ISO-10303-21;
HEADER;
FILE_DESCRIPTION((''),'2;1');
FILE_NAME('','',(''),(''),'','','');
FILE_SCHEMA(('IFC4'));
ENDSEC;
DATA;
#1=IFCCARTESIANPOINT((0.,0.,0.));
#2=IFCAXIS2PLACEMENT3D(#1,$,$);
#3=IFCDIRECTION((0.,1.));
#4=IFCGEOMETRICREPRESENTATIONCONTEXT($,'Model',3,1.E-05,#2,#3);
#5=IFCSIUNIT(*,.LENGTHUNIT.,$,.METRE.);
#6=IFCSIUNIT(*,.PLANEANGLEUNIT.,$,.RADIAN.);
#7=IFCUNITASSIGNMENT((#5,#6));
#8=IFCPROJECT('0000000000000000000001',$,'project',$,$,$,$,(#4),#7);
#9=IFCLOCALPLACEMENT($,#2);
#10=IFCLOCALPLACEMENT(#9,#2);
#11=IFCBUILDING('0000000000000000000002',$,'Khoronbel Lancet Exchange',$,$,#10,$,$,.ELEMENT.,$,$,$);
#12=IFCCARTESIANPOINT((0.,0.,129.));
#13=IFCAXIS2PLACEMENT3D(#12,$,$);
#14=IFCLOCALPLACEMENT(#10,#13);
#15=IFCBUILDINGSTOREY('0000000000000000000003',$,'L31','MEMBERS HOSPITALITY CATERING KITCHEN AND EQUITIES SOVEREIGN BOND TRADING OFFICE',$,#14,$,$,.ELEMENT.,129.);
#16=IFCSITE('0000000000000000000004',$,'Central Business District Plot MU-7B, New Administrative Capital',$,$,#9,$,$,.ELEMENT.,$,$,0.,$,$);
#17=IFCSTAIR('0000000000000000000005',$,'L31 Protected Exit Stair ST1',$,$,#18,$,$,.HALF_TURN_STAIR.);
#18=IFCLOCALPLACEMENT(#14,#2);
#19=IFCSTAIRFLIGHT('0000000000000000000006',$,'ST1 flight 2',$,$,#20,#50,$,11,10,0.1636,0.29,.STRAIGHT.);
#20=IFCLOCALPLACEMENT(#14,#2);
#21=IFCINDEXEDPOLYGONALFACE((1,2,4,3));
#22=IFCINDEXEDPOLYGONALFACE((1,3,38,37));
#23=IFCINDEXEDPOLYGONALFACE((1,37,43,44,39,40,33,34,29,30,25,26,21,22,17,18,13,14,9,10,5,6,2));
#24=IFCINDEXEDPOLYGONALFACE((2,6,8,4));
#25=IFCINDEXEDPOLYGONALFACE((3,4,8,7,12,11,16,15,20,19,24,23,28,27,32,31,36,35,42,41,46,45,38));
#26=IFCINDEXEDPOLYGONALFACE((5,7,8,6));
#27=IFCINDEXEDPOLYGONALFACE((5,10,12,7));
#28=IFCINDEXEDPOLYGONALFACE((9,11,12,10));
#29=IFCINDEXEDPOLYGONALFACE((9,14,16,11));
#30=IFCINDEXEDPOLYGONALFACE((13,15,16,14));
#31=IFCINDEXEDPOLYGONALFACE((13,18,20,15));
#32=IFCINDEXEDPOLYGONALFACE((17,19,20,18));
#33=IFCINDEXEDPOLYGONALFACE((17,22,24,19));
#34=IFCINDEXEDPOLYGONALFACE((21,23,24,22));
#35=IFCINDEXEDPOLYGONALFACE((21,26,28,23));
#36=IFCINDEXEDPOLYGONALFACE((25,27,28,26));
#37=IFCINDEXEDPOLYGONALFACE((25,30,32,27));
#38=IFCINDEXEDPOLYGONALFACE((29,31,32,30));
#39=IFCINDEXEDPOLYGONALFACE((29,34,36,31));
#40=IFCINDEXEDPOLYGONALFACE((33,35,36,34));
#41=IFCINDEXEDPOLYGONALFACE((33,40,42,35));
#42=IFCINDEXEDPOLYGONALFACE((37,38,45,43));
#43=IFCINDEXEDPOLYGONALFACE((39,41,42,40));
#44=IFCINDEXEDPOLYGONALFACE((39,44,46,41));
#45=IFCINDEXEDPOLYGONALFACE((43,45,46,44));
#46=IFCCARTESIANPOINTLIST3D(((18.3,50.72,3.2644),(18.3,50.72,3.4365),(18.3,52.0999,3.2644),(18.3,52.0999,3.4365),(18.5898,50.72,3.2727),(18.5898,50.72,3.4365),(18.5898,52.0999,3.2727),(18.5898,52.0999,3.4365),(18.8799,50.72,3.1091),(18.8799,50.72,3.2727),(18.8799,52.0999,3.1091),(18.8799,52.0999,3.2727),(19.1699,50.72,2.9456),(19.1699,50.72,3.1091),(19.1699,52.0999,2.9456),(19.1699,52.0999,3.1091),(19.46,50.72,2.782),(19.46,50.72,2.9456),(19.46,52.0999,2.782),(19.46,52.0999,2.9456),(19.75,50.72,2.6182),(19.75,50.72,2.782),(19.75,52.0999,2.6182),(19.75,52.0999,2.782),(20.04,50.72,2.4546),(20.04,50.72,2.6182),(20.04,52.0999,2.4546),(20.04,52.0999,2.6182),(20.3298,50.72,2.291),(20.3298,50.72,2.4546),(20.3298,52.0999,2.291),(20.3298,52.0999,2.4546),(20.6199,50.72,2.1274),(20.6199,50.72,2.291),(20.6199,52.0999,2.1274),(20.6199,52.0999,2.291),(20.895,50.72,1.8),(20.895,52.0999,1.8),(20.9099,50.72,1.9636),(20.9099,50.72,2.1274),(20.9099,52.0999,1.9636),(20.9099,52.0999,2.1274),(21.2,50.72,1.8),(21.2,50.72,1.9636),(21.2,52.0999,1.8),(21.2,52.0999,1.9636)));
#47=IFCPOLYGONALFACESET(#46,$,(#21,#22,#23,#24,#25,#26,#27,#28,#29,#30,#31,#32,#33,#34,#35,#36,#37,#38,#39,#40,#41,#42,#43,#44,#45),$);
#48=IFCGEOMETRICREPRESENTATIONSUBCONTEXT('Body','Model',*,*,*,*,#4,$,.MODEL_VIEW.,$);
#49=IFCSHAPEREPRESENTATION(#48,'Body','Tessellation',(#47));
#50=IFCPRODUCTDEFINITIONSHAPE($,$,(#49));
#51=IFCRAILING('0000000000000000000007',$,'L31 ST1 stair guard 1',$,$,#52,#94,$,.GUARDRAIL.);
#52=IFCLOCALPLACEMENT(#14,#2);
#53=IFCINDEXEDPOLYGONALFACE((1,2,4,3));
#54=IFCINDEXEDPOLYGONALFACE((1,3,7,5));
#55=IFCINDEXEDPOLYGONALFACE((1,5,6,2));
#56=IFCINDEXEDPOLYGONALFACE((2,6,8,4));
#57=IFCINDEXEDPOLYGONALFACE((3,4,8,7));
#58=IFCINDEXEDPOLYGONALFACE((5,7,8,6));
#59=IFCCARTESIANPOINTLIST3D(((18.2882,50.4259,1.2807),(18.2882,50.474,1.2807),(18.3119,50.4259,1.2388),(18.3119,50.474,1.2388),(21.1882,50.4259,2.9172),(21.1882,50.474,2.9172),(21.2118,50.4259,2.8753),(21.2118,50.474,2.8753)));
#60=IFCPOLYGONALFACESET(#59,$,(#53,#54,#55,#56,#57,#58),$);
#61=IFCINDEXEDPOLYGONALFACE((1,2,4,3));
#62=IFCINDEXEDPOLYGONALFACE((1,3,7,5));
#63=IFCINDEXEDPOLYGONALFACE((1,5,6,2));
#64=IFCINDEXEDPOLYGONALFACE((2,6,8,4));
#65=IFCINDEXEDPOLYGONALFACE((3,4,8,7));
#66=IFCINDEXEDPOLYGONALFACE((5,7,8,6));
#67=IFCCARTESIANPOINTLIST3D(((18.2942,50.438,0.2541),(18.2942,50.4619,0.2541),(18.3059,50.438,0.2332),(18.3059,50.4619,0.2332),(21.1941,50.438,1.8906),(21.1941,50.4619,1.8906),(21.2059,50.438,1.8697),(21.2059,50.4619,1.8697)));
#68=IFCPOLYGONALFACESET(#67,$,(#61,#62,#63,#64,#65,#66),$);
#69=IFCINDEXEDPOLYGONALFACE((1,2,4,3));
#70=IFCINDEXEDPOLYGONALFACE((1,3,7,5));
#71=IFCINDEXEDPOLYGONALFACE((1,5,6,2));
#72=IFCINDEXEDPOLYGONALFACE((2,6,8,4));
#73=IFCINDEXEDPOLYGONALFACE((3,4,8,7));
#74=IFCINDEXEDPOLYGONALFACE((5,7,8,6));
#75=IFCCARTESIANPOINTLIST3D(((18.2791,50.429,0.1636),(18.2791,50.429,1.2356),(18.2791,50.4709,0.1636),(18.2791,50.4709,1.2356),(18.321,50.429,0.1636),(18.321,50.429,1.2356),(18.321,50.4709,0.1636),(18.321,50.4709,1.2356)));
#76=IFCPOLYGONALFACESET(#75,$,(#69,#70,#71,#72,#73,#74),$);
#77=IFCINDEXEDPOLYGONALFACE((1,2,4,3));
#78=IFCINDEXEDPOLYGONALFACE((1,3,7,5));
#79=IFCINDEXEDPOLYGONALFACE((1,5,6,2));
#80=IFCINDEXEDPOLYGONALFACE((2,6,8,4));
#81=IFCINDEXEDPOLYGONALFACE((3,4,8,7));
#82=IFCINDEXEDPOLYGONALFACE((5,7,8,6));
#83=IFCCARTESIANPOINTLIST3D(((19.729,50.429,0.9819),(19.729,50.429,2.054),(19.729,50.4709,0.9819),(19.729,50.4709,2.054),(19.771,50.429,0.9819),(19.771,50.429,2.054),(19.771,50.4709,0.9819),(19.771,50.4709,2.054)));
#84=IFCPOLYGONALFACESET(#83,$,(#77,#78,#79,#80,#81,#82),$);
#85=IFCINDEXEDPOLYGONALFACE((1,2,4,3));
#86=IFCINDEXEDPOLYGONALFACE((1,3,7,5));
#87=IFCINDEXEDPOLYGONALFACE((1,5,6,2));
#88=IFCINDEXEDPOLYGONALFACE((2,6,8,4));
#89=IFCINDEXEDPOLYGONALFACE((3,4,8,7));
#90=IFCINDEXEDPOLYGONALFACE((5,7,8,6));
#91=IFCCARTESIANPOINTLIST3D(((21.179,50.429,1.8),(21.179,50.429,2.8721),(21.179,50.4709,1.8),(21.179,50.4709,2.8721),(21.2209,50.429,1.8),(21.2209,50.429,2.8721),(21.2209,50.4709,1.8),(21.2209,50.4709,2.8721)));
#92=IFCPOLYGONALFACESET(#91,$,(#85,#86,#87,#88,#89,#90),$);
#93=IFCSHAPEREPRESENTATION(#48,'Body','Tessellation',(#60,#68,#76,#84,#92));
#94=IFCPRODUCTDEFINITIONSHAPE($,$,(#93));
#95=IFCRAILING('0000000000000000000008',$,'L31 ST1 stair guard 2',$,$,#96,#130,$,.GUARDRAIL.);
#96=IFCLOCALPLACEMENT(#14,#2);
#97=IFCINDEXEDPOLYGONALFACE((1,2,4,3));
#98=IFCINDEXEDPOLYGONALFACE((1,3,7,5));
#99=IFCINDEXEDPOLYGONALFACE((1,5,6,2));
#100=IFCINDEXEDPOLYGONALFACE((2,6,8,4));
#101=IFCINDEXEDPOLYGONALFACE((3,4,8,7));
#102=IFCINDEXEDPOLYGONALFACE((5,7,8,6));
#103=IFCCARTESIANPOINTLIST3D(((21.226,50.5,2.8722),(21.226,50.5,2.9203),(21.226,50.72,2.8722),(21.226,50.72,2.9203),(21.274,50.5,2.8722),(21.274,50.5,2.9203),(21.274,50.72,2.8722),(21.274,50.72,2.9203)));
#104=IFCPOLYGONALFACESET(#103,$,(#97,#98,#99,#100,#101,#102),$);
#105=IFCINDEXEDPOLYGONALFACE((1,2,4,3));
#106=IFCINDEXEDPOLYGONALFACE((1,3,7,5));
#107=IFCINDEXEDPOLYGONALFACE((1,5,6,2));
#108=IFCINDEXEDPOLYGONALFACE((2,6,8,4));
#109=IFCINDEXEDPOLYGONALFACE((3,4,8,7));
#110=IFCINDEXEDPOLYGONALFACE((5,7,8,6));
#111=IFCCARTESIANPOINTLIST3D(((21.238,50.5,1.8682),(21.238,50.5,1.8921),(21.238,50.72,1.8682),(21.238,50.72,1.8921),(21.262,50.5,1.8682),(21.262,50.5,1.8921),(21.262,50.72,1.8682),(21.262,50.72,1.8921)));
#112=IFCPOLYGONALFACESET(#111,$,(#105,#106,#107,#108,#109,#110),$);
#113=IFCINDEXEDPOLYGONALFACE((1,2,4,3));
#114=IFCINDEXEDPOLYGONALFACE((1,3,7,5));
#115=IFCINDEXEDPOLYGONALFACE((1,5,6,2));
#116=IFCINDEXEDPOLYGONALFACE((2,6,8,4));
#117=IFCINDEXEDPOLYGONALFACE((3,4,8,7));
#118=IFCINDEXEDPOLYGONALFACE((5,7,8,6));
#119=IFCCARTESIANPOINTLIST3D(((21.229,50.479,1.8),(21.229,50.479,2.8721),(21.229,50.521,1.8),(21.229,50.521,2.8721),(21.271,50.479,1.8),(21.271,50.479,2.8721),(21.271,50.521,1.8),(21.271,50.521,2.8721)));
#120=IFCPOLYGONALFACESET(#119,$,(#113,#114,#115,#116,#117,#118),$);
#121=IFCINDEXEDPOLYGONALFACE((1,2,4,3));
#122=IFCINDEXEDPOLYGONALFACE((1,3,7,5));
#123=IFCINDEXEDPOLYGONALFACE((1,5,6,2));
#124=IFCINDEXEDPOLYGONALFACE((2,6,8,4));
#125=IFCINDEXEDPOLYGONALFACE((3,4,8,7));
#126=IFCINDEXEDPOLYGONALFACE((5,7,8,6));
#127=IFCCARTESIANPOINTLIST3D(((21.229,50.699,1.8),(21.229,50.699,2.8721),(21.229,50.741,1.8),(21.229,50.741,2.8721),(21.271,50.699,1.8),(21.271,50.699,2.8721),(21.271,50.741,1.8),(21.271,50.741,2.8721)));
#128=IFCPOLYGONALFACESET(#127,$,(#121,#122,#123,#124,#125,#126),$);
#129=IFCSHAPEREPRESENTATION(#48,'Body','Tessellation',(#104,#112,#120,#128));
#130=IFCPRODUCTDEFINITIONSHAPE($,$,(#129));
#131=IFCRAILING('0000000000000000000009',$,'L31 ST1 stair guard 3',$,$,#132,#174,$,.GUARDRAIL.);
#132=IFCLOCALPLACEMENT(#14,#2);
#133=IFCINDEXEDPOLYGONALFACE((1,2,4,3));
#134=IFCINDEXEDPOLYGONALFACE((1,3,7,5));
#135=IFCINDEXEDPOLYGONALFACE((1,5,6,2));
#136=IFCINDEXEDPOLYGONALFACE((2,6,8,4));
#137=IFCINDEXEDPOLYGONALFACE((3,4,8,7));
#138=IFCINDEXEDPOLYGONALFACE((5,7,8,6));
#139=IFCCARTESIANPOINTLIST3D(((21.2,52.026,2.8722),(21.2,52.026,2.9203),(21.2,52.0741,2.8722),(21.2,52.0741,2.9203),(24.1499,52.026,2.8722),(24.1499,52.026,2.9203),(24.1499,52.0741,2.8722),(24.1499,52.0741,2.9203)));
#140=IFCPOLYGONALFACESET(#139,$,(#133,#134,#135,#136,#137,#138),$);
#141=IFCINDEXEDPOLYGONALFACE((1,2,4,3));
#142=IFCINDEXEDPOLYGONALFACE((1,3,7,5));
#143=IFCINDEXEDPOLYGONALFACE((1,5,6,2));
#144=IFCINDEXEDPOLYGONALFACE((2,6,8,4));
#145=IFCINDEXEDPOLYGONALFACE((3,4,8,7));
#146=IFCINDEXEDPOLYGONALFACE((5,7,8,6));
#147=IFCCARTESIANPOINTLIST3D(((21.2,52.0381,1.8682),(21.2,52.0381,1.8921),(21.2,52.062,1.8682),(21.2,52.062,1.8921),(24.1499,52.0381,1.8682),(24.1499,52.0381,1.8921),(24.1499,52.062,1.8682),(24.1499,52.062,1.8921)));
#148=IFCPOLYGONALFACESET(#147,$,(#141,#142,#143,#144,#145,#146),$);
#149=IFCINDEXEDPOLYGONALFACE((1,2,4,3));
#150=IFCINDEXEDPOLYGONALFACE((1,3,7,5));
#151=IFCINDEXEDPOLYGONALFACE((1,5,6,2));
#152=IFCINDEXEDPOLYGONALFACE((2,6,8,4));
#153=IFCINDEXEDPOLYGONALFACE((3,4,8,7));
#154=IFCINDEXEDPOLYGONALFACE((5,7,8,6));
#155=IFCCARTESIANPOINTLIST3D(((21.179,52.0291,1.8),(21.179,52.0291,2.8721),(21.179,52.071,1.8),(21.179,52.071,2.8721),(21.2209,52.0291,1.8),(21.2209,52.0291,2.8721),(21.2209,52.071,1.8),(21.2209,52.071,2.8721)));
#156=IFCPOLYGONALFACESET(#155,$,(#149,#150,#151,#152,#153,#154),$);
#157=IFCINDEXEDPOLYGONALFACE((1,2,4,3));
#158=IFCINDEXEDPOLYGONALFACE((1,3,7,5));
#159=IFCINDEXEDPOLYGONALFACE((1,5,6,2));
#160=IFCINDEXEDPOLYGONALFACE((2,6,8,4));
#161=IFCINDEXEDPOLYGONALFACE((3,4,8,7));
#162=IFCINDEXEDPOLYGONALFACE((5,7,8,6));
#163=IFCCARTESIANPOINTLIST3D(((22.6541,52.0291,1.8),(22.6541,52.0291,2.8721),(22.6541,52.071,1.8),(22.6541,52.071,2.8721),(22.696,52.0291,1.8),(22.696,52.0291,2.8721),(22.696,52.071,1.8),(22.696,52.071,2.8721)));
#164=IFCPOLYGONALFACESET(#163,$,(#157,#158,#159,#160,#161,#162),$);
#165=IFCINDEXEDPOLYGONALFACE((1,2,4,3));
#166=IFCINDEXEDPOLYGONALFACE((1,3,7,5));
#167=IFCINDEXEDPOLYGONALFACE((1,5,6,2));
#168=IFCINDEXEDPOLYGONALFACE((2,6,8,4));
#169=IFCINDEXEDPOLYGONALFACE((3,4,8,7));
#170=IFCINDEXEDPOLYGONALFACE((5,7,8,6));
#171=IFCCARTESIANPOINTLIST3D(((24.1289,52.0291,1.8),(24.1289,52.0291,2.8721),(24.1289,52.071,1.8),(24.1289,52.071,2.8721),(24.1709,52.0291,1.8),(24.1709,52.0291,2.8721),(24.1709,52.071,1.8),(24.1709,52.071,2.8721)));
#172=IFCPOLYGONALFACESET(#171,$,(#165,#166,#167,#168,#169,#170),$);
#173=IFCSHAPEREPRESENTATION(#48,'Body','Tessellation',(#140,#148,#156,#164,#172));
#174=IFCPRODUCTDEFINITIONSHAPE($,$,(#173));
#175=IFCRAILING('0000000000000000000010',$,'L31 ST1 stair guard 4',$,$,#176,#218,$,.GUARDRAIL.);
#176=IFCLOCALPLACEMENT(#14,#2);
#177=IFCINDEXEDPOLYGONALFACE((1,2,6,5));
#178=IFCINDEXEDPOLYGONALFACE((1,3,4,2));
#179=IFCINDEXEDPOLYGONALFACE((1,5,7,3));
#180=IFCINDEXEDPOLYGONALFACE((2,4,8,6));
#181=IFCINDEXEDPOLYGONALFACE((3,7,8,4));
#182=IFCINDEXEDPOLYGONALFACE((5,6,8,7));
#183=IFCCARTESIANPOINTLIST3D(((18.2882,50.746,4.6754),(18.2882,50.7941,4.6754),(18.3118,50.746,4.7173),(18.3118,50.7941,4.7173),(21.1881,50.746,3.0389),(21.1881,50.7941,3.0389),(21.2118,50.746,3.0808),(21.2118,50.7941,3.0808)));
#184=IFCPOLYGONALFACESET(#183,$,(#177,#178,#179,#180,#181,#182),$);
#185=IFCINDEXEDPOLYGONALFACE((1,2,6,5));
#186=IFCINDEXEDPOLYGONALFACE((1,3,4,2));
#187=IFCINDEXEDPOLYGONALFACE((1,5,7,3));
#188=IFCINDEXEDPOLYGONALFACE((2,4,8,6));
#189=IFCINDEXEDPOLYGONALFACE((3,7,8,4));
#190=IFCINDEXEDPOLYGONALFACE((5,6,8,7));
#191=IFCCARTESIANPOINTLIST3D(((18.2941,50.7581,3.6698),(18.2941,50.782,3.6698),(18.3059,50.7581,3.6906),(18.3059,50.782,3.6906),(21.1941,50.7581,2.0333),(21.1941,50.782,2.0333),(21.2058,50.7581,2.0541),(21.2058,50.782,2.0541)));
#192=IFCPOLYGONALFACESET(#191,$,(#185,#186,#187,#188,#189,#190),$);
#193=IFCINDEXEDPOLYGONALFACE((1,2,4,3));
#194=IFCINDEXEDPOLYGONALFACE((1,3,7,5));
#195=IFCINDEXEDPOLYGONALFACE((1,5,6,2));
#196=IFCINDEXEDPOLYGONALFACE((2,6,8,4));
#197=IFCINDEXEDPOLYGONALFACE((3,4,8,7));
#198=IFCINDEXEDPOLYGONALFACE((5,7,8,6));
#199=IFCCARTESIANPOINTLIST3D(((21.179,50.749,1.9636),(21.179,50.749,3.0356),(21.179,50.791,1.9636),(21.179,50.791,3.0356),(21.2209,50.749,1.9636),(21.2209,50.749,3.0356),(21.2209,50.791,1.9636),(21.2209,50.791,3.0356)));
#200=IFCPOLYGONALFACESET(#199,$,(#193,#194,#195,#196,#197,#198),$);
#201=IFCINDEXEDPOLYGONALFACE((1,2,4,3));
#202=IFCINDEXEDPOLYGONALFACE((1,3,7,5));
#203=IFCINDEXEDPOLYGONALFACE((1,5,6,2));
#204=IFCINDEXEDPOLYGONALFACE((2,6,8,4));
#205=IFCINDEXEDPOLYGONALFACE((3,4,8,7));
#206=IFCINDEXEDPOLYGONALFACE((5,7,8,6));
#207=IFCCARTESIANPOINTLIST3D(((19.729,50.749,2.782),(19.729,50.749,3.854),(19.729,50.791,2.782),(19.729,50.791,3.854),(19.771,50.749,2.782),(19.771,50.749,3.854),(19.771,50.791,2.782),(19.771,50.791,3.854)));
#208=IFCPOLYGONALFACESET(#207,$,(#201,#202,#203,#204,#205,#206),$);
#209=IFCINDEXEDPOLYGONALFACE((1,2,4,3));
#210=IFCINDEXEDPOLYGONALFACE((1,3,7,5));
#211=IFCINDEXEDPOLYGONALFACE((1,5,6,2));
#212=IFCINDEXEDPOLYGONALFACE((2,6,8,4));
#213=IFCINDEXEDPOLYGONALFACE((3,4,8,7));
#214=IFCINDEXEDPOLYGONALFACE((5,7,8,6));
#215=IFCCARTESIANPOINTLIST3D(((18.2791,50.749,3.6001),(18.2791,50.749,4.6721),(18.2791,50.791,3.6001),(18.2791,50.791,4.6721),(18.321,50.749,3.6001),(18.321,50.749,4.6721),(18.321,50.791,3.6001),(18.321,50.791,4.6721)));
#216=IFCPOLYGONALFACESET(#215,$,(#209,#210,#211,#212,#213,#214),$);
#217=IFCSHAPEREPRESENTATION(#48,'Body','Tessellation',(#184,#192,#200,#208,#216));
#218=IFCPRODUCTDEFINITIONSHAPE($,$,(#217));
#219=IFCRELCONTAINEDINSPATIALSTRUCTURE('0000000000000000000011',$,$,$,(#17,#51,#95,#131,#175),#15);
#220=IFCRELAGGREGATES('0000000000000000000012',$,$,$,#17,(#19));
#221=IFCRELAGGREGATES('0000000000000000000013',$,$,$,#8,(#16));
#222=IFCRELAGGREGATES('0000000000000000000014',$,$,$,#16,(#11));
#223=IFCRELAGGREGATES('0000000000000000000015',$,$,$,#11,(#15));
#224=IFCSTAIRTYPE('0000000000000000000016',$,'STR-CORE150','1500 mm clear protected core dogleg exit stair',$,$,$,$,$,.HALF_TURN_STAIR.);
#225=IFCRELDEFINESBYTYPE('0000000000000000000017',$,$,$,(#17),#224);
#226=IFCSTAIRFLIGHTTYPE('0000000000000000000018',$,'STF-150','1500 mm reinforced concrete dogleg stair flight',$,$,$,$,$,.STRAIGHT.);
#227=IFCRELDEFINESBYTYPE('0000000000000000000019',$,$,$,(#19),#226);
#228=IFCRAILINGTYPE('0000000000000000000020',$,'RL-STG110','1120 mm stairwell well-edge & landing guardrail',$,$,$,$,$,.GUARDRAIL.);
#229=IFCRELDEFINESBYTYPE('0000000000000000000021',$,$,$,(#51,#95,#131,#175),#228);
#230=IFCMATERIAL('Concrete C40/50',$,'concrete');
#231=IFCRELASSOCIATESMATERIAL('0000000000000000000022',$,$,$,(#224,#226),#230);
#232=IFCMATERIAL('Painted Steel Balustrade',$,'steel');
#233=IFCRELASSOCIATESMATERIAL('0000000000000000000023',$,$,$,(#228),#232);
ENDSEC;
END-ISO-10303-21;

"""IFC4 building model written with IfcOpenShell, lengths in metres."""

from ifc_helpers import new_model, si_unit, direction, frame, origin, origin_2d, place, context, subcontext, project, spatial, polyline, rectangle, outline, extrude, material, type_object, element, aggregate, save


model = new_model("IFC4")

# Units and contexts
model_context = context("Model", 3, precision=1e-05, world=origin(), true_north=direction((0.0, 1.0)))
body_context = subcontext(model_context, "Body", "Model", "MODEL_VIEW")
ifc_project = project(units=[si_unit("LENGTHUNIT", "METRE"), si_unit("PLANEANGLEUNIT", "RADIAN")], contexts=[model_context])

# Site, building, storey
site_placement = place(None, origin())
site = spatial("IfcSite", under=ifc_project, at=site_placement, Name="Central Business District Plot MU-7B, New Administrative Capital", CompositionType="ELEMENT", RefElevation=0.0)
building_placement = place(site_placement, origin())
building = spatial("IfcBuilding", under=site, at=building_placement, Name="Khoronbel Lancet Exchange", CompositionType="ELEMENT")
storey_placement = place(building_placement, frame((0.0, 0.0, 129.0)))
storey = spatial("IfcBuildingStorey", under=building, at=storey_placement, Name="L31", Description="MEMBERS HOSPITALITY CATERING KITCHEN AND EQUITIES SOVEREIGN BOND TRADING OFFICE", CompositionType="ELEMENT", Elevation=129.0)

# Stair, stair flight
ifc_material_1 = material(Name="Concrete C40/50", Category="concrete")
stair_type = type_object("IfcStairType", Name="STR-CORE150", Description="1500 mm clear protected core dogleg exit stair", PredefinedType="HALF_TURN_STAIR", material=ifc_material_1)
stair_placement = place(storey_placement, origin())
stair = element("IfcStair", 1, at=stair_placement, inside=storey, type_object=stair_type, Name="L31 Protected Exit Stair ST1", PredefinedType="HALF_TURN_STAIR")
stair_flight_type = type_object("IfcStairFlightType", Name="STF-150", Description="1500 mm reinforced concrete dogleg stair flight", PredefinedType="STRAIGHT", material=ifc_material_1)
stair_flight_placement = place(storey_placement, frame((21.2, 51.4099, 1.8), z_axis=(0.0, 0.0, 1.0), x_axis=(-1.0, 0.0, 0.0)))
stair_flight = element("IfcStairFlight", 2, at=stair_flight_placement, type_object=stair_flight_type, Name="ST1 flight 2", NumberOfRisers=11, NumberOfTreads=10, PredefinedType="STRAIGHT", RiserHeight=0.1636, TreadLength=0.29, context=body_context, shape_type="SweptSolid", body=[
    extrude(outline(polyline([(0.0, 0.0), (0.0, 0.1636), (0.29, 0.1636), (0.29, 0.3274), (0.5801, 0.3274), (0.5801, 0.491), (0.8701, 0.491), (0.8701, 0.6545), (1.1599, 0.6545), (1.1599, 0.8181), (1.45, 0.8181), (1.45, 0.9819), (1.74, 0.9819), (1.74, 1.1455), (2.03, 1.1455), (2.03, 1.3091), (2.3201, 1.3091), (2.3201, 1.4727), (2.6101, 1.4727), (2.6101, 1.6365), (2.8999, 1.6365), (2.8999, 1.8), (2.8999, 1.4644), (0.3049, 0.0), (0.0, 0.0)])), frame((0.0, 0.6899, 0.0), z_axis=(0.0, -1.0, 0.0), x_axis=(1.0, 0.0, 0.0)), (0.0, 0.0, 1.0), 1.3799),
])
aggregate(stair, [stair_flight])

# Railings
ifc_material_2 = material(Name="Painted Steel Balustrade", Category="steel")
railing_type_1 = type_object("IfcRailingType", Name="RL-STG110", Description="1120 mm stairwell well-edge & landing guardrail", PredefinedType="GUARDRAIL", material=ifc_material_2)
railing_1_placement = place(storey_placement, frame((18.3, 50.45, 0.1636)))
element("IfcRailing", 3, at=railing_1_placement, inside=storey, type_object=railing_type_1, Name="L31 ST1 stair guard 1", PredefinedType="GUARDRAIL", context=body_context, shape_type="SweptSolid", body=[
    extrude(rectangle(XDim=0.0481, YDim=0.0481, at=origin_2d()), frame((0.0, 0.0, 1.0962), z_axis=(0.870897, 0.0, 0.491465), x_axis=(0.0, 1.0, 0.0)), (0.0, 0.0, 1.0), 3.3298),
    extrude(rectangle(XDim=0.0239, YDim=0.0239, at=origin_2d()), frame((0.0, 0.0, 0.0801), z_axis=(0.870897, 0.0, 0.491465), x_axis=(0.0, 1.0, 0.0)), (0.0, 0.0, 1.0), 3.3298),
    extrude(rectangle(XDim=0.042, YDim=0.042, at=origin_2d()), origin(), (0.0, 0.0, 1.0), 1.072),
    extrude(rectangle(XDim=0.042, YDim=0.042, at=origin_2d()), frame((1.45, 0.0, 0.8184)), (0.0, 0.0, 1.0), 1.072),
    extrude(rectangle(XDim=0.042, YDim=0.042, at=origin_2d()), frame((2.8999, 0.0, 1.6365)), (0.0, 0.0, 1.0), 1.072),
])
railing_2_placement = place(storey_placement, frame((21.25, 50.5, 1.8)))
element("IfcRailing", 4, at=railing_2_placement, inside=storey, type_object=railing_type_1, Name="L31 ST1 stair guard 2", PredefinedType="GUARDRAIL", context=body_context, shape_type="SweptSolid", body=[
    extrude(rectangle(XDim=0.0481, YDim=0.0481, at=origin_2d()), frame((0.0, 0.0, 1.0962), z_axis=(0.0, 1.0, 0.0), x_axis=(-1.0, 0.0, 0.0)), (0.0, 0.0, 1.0), 0.22),
    extrude(rectangle(XDim=0.0239, YDim=0.0239, at=origin_2d()), frame((0.0, 0.0, 0.0801), z_axis=(0.0, 1.0, 0.0), x_axis=(-1.0, 0.0, 0.0)), (0.0, 0.0, 1.0), 0.22),
    extrude(rectangle(XDim=0.042, YDim=0.042, at=origin_2d()), origin(), (0.0, 0.0, 1.0), 1.072),
    extrude(rectangle(XDim=0.042, YDim=0.042, at=origin_2d()), frame((0.0, 0.22, 0.0)), (0.0, 0.0, 1.0), 1.072),
])
railing_3_placement = place(storey_placement, frame((21.2, 52.05, 1.8)))
element("IfcRailing", 5, at=railing_3_placement, inside=storey, type_object=railing_type_1, Name="L31 ST1 stair guard 3", PredefinedType="GUARDRAIL", context=body_context, shape_type="SweptSolid", body=[
    extrude(rectangle(XDim=0.0481, YDim=0.0481, at=origin_2d()), frame((0.0, 0.0, 1.0962), z_axis=(1.0, 0.0, 0.0), x_axis=(0.0, 1.0, 0.0)), (0.0, 0.0, 1.0), 2.95),
    extrude(rectangle(XDim=0.0239, YDim=0.0239, at=origin_2d()), frame((0.0, 0.0, 0.0801), z_axis=(1.0, 0.0, 0.0), x_axis=(0.0, 1.0, 0.0)), (0.0, 0.0, 1.0), 2.95),
    extrude(rectangle(XDim=0.042, YDim=0.042, at=origin_2d()), origin(), (0.0, 0.0, 1.0), 1.072),
    extrude(rectangle(XDim=0.042, YDim=0.042, at=origin_2d()), frame((1.4751, 0.0, 0.0)), (0.0, 0.0, 1.0), 1.072),
    extrude(rectangle(XDim=0.042, YDim=0.042, at=origin_2d()), frame((2.95, 0.0, 0.0)), (0.0, 0.0, 1.0), 1.072),
])
railing_4_placement = place(storey_placement, frame((21.2, 50.77, 1.9636)))
element("IfcRailing", 6, at=railing_4_placement, inside=storey, type_object=railing_type_1, Name="L31 ST1 stair guard 4", PredefinedType="GUARDRAIL", context=body_context, shape_type="SweptSolid", body=[
    extrude(rectangle(XDim=0.0481, YDim=0.0481, at=origin_2d()), frame((0.0, 0.0, 1.0962), z_axis=(-0.870897, 0.0, 0.491465), x_axis=(0.0, -1.0, 0.0)), (0.0, 0.0, 1.0), 3.3298),
    extrude(rectangle(XDim=0.0239, YDim=0.0239, at=origin_2d()), frame((0.0, 0.0, 0.0801), z_axis=(-0.870897, 0.0, 0.491465), x_axis=(0.0, -1.0, 0.0)), (0.0, 0.0, 1.0), 3.3298),
    extrude(rectangle(XDim=0.042, YDim=0.042, at=origin_2d()), origin(), (0.0, 0.0, 1.0), 1.072),
    extrude(rectangle(XDim=0.042, YDim=0.042, at=origin_2d()), frame((-1.45, 0.0, 0.8184)), (0.0, 0.0, 1.0), 1.072),
    extrude(rectangle(XDim=0.042, YDim=0.042, at=origin_2d()), frame((-2.8999, 0.0, 1.6365)), (0.0, 0.0, 1.0), 1.072),
])

save(model, "model.ifc")
